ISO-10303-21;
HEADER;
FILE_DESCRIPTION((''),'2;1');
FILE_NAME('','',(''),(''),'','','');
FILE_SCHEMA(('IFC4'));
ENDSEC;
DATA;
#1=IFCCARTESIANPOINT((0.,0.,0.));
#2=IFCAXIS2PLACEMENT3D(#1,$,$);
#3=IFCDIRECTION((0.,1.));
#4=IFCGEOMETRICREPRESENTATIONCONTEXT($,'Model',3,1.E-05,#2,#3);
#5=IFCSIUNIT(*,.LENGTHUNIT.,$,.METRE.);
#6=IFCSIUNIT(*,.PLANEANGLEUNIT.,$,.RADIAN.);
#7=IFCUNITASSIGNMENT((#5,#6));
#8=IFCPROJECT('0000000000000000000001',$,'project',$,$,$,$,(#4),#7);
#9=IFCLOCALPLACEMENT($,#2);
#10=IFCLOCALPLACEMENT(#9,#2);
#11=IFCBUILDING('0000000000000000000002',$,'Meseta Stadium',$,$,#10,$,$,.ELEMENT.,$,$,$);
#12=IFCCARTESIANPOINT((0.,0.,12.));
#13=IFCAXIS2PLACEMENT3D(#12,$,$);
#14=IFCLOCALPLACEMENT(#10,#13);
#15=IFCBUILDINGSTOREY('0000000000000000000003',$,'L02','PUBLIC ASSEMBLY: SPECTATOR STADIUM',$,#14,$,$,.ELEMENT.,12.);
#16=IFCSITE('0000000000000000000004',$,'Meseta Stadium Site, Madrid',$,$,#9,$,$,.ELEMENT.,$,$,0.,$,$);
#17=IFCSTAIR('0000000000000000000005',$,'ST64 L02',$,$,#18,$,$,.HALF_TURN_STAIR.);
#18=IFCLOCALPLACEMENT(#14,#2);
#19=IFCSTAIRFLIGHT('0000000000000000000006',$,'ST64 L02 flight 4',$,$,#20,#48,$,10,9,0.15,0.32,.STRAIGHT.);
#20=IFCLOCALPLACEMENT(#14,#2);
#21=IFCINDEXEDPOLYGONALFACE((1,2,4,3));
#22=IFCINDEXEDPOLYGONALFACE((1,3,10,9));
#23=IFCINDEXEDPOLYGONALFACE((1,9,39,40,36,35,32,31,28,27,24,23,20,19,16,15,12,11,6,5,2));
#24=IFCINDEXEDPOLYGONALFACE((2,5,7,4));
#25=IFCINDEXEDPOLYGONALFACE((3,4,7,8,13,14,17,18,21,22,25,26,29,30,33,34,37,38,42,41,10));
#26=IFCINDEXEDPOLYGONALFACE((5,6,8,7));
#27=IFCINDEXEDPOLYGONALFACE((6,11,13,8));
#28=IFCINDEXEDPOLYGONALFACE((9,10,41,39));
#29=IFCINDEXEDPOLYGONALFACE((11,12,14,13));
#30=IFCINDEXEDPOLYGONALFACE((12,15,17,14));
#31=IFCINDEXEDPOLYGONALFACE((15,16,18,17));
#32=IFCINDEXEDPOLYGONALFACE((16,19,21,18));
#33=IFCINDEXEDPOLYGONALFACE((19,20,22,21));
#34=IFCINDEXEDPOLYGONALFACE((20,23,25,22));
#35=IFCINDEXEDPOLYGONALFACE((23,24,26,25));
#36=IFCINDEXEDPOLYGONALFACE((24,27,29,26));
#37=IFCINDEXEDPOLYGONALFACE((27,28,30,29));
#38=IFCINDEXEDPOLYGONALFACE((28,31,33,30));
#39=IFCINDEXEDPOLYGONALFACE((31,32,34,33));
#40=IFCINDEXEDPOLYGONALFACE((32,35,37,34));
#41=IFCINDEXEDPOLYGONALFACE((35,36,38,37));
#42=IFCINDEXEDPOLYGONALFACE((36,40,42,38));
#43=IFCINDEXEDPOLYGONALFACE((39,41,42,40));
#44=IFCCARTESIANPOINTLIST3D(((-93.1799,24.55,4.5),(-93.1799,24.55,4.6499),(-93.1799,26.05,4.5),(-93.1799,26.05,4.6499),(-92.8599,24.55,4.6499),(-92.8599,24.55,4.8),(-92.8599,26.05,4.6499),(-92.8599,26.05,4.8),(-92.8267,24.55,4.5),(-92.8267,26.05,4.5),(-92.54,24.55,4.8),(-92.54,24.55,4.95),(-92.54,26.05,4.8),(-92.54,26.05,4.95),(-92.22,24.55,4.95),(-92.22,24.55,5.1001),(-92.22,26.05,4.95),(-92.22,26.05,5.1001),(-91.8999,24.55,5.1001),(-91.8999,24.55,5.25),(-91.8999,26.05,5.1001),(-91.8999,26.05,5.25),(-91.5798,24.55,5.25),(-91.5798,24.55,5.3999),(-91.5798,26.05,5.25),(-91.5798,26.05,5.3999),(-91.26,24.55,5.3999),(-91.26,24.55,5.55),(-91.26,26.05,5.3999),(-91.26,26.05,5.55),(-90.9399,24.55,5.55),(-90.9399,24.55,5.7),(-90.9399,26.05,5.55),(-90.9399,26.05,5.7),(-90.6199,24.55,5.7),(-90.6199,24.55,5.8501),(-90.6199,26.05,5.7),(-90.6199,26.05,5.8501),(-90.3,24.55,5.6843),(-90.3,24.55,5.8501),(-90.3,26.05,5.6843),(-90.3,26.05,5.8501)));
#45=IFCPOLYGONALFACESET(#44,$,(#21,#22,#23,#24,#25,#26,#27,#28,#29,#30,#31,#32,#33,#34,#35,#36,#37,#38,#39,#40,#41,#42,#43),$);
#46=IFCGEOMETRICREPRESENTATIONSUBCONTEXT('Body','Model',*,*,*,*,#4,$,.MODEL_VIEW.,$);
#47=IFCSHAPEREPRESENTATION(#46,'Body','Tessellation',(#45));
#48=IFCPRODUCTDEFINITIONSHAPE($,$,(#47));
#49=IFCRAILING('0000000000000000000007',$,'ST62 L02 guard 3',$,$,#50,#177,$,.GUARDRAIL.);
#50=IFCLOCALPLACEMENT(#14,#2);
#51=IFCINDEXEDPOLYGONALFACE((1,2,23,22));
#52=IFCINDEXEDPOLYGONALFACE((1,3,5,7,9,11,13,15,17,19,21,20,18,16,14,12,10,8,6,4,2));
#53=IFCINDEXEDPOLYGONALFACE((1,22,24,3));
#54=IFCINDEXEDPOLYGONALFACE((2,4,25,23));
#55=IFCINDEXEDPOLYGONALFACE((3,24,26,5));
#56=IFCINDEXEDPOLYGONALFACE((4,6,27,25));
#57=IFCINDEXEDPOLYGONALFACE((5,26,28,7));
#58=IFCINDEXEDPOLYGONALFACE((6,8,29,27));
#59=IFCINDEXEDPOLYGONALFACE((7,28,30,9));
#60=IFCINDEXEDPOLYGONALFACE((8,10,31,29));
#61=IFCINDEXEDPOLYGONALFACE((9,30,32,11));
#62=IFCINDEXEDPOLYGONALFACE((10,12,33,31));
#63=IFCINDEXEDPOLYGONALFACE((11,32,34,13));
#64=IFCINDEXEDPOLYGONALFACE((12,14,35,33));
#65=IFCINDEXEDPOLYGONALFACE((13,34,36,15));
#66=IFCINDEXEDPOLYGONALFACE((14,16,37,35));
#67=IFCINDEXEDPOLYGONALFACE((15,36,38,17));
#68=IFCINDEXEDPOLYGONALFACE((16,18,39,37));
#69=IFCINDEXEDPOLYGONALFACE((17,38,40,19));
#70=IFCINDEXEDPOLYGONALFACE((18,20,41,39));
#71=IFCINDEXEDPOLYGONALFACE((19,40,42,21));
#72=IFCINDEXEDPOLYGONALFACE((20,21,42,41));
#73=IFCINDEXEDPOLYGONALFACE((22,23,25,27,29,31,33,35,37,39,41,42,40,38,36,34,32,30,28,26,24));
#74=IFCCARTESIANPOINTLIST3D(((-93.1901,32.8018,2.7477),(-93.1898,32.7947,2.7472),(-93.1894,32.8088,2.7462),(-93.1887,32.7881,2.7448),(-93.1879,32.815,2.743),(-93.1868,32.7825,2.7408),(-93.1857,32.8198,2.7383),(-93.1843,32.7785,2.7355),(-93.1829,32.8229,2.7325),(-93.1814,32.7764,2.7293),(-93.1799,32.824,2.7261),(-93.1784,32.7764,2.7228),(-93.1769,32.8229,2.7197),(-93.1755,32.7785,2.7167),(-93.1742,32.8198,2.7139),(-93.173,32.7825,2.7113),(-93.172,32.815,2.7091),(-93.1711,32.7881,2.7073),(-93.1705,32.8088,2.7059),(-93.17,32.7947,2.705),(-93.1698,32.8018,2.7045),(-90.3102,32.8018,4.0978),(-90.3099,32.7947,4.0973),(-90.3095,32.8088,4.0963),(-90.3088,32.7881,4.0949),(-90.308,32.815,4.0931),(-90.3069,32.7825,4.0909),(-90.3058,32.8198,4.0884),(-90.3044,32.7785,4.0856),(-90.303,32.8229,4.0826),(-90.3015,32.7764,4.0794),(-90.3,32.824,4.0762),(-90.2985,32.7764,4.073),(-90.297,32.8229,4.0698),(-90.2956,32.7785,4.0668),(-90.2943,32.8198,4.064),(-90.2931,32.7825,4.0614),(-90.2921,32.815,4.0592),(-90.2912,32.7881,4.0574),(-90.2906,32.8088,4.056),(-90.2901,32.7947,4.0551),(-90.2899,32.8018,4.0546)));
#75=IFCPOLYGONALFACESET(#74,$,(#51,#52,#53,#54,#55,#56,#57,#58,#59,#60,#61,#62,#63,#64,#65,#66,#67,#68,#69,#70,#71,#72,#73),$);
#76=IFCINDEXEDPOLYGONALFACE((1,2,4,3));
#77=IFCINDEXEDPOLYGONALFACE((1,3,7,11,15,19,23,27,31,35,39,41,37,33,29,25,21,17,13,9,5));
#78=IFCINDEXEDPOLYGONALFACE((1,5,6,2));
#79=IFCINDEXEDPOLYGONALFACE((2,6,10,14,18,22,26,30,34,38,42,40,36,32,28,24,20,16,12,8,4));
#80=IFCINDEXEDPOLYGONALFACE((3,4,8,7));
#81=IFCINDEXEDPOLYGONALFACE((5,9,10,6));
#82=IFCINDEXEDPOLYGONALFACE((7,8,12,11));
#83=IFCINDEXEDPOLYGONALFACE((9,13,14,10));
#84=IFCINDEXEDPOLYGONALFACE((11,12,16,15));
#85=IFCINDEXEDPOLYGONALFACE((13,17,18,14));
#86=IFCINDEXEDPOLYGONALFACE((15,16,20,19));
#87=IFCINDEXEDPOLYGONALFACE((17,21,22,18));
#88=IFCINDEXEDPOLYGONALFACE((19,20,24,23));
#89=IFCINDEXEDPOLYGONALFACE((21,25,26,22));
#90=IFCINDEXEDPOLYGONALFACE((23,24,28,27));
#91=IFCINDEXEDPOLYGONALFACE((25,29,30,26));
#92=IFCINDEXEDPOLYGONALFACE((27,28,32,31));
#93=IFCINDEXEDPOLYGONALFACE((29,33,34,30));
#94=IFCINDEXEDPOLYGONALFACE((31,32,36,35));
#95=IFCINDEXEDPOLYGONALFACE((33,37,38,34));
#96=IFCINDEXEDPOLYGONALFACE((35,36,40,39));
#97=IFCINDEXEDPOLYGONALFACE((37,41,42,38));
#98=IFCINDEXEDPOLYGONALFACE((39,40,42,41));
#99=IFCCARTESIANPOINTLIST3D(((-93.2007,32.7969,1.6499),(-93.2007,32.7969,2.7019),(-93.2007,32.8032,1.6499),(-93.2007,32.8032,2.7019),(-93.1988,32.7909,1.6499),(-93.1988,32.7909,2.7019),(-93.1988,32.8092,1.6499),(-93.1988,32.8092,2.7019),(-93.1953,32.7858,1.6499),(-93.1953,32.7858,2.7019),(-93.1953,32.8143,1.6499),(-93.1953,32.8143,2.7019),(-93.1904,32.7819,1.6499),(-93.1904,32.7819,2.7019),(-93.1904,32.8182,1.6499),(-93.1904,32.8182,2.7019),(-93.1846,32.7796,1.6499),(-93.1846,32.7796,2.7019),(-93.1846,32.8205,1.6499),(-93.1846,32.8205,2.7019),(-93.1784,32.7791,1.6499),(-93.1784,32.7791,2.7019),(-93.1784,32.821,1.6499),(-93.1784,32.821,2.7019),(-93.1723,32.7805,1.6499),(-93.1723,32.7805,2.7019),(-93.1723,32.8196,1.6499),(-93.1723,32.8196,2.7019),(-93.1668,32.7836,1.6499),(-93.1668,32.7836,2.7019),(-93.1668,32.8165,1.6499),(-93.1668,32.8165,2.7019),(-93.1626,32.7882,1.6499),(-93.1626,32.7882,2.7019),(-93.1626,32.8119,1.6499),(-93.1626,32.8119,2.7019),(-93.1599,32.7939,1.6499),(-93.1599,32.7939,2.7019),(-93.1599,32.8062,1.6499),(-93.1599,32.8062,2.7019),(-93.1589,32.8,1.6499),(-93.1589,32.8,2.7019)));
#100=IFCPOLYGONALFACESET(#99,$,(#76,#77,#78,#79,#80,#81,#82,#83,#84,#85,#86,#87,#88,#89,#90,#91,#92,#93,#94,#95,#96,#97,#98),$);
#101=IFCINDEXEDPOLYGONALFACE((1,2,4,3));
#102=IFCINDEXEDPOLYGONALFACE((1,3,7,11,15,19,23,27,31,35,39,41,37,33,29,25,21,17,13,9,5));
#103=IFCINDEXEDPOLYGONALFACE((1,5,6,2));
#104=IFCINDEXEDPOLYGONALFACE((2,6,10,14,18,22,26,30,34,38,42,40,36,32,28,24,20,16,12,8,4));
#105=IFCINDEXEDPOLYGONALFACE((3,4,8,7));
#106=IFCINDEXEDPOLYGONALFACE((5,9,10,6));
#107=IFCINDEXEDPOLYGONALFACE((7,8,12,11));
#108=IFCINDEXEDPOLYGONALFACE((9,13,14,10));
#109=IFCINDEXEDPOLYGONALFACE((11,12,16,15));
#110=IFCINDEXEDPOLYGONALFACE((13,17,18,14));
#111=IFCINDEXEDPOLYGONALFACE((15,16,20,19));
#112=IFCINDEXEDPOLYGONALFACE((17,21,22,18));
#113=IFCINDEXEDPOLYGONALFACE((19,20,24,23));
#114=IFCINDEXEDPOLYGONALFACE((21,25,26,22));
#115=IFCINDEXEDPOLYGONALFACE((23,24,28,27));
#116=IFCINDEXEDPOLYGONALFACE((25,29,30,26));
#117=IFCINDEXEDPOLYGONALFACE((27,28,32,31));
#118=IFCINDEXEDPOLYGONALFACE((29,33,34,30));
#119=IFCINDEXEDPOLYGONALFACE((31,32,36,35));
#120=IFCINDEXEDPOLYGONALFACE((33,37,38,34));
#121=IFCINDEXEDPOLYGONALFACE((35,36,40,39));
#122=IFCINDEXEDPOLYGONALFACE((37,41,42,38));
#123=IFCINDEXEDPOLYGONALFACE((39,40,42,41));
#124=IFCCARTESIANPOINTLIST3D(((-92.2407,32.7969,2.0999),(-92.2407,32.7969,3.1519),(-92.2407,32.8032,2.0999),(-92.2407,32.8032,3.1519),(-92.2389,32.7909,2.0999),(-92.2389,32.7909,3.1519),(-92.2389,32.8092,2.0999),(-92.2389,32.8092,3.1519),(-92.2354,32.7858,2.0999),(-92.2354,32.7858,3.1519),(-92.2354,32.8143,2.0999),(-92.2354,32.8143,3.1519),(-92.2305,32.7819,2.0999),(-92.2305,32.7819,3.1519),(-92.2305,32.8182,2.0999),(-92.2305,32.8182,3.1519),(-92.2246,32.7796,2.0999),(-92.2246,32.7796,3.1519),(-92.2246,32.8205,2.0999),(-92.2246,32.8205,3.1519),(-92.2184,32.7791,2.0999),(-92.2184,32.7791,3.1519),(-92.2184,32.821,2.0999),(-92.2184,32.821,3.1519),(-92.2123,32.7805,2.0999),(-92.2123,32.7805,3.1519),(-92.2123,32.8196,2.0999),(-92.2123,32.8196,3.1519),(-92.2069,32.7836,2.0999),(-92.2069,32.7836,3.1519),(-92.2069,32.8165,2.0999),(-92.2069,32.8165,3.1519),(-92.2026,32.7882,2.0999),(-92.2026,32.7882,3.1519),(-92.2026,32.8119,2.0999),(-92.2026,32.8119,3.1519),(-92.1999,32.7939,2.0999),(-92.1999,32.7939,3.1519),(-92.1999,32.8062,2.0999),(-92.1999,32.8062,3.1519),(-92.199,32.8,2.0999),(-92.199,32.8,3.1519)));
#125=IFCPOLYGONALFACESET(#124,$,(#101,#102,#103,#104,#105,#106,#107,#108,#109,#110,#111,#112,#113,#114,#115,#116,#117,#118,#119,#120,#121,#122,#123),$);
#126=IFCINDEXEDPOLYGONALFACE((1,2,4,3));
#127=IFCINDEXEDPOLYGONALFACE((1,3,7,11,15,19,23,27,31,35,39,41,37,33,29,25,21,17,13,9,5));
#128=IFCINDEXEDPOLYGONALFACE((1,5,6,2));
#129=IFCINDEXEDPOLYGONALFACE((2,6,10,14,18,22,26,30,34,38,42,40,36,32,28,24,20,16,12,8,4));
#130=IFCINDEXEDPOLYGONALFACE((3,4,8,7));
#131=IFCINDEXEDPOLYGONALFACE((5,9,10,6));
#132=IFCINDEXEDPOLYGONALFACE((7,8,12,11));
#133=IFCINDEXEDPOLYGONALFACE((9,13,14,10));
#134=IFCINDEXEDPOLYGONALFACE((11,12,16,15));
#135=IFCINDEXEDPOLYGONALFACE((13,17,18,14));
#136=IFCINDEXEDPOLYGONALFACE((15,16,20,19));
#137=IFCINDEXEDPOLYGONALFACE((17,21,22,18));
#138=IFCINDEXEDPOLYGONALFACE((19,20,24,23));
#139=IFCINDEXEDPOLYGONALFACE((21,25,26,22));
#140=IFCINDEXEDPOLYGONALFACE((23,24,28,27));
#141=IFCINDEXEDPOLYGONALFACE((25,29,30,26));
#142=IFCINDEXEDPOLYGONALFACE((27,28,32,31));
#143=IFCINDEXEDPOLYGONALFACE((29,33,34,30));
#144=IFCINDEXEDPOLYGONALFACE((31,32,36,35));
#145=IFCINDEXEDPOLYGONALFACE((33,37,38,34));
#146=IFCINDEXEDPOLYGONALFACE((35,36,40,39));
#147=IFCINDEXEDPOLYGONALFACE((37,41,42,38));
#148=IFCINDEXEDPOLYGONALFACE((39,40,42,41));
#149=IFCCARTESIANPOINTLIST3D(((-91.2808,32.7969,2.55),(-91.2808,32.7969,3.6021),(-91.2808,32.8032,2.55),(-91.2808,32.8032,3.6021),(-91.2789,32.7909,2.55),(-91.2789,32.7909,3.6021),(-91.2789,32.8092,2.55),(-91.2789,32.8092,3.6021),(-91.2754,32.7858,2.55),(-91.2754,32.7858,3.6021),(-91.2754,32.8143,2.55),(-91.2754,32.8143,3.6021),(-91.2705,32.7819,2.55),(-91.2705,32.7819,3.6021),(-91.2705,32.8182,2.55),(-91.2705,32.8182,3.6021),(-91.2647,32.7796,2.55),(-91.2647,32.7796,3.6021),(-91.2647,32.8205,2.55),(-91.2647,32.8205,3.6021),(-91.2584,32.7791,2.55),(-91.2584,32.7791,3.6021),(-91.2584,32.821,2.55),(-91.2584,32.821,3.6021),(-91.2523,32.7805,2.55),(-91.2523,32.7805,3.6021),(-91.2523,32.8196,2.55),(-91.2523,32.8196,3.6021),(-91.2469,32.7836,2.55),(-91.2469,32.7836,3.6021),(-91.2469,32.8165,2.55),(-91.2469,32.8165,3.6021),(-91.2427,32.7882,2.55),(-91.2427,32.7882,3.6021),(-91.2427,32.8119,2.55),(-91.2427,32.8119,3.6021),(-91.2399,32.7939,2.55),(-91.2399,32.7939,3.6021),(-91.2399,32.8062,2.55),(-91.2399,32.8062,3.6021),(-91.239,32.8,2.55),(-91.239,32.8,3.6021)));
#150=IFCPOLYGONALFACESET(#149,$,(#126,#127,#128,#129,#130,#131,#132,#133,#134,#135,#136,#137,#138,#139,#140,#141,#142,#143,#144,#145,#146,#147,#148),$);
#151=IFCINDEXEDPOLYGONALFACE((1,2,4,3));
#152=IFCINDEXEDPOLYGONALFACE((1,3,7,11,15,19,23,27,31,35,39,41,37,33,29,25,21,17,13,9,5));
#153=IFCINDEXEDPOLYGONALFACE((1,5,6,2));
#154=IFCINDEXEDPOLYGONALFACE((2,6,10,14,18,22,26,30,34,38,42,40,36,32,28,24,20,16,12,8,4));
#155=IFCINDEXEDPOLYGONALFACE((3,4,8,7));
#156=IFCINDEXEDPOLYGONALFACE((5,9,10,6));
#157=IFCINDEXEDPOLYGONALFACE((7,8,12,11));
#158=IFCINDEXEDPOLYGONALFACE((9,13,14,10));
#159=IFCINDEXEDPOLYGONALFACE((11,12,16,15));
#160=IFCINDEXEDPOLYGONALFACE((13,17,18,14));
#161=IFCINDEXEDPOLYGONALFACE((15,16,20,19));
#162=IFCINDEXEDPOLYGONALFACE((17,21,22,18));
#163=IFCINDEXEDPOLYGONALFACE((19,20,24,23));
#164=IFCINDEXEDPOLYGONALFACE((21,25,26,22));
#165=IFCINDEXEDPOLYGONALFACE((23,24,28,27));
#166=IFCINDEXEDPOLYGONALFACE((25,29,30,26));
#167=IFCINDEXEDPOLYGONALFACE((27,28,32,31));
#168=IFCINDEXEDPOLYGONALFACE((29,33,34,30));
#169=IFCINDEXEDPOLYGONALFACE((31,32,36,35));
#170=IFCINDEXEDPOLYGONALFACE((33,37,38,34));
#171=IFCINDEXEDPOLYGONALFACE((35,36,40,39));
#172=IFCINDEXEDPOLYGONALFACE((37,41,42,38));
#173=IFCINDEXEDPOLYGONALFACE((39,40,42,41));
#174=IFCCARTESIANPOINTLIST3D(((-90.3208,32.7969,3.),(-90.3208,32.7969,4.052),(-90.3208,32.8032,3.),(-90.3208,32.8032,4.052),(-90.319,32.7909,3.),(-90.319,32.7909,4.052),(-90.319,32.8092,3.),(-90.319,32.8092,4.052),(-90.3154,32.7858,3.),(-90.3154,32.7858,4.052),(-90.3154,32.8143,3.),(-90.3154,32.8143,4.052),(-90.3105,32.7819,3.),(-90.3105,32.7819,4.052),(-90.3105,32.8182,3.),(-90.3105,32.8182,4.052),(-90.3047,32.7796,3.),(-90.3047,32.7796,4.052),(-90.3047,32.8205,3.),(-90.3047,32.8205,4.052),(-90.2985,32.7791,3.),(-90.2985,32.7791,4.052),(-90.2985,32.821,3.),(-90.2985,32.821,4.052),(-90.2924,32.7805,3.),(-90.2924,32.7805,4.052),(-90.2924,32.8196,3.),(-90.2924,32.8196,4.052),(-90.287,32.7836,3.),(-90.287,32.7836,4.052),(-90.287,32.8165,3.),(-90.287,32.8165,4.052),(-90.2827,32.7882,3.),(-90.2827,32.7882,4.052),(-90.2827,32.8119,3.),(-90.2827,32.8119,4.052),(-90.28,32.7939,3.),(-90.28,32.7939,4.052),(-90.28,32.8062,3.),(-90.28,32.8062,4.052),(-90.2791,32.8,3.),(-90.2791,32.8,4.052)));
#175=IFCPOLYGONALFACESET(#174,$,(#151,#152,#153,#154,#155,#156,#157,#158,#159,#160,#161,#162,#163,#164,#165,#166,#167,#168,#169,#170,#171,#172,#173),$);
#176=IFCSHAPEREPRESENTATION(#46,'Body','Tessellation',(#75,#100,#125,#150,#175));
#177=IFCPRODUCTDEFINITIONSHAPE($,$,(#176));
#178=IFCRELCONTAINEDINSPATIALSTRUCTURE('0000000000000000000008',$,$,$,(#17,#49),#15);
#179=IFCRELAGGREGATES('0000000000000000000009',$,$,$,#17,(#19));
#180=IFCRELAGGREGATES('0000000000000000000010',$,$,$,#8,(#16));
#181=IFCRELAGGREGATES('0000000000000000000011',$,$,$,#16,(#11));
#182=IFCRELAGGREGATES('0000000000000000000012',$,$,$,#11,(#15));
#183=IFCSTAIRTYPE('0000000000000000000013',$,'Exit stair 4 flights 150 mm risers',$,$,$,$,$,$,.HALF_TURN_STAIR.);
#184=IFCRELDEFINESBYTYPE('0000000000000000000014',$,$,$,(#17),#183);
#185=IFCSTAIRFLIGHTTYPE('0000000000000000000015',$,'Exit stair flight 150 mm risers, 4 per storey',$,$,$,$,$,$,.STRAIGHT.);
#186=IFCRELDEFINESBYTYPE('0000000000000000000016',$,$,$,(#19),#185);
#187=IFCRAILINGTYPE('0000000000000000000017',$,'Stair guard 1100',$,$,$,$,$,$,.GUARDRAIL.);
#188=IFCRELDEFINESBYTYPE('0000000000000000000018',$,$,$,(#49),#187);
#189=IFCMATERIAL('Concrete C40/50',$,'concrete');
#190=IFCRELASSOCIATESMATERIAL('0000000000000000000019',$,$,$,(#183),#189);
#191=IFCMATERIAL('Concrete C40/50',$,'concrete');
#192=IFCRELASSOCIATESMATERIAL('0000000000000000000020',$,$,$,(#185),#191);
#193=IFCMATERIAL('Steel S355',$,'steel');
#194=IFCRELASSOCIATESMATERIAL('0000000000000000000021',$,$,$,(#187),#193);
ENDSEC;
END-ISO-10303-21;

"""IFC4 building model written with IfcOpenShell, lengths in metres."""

from ifc_helpers import new_model, si_unit, direction, frame, origin, origin_2d, place, context, subcontext, project, spatial, polyline, circle, outline, extrude, material, type_object, element, aggregate, save


model = new_model("IFC4")

# Units and contexts
model_context = context("Model", 3, precision=1e-05, world=origin(), true_north=direction((0.0, 1.0)))
body_context = subcontext(model_context, "Body", "Model", "MODEL_VIEW")
ifc_project = project(units=[si_unit("LENGTHUNIT", "METRE"), si_unit("PLANEANGLEUNIT", "RADIAN")], contexts=[model_context])

# Site, building, storey
site_placement = place(None, origin())
site = spatial("IfcSite", under=ifc_project, at=site_placement, Name="Meseta Stadium Site, Madrid", CompositionType="ELEMENT", RefElevation=0.0)
building_placement = place(site_placement, origin())
building = spatial("IfcBuilding", under=site, at=building_placement, Name="Meseta Stadium", CompositionType="ELEMENT")
storey_placement = place(building_placement, frame((0.0, 0.0, 12.0)))
storey = spatial("IfcBuildingStorey", under=building, at=storey_placement, Name="L02", Description="PUBLIC ASSEMBLY: SPECTATOR STADIUM", CompositionType="ELEMENT", Elevation=12.0)

# Stair, stair flight
ifc_material_1 = material(Name="Concrete C40/50", Category="concrete")
stair_type = type_object("IfcStairType", Name="Exit stair 4 flights 150 mm risers", PredefinedType="HALF_TURN_STAIR", material=ifc_material_1)
ifc_material_2 = material(Name="Concrete C40/50", Category="concrete")
stair_flight_type = type_object("IfcStairFlightType", Name="Exit stair flight 150 mm risers, 4 per storey", PredefinedType="STRAIGHT", material=ifc_material_2)
stair_1_placement = place(storey_placement, origin())
stair_1 = element("IfcStair", 1, at=stair_1_placement, inside=storey, type_object=stair_type, Name="ST64 L02", PredefinedType="HALF_TURN_STAIR")
stair_flight_1_placement = place(storey_placement, frame((-93.1799, 25.3, 4.5), z_axis=(0.0, 0.0, 1.0), x_axis=(1.0, 0.0, 0.0)))
stair_flight_1 = element("IfcStairFlight", 2, at=stair_flight_1_placement, type_object=stair_flight_type, Name="ST64 L02 flight 4", NumberOfRisers=10, NumberOfTreads=9, PredefinedType="STRAIGHT", RiserHeight=0.15, TreadLength=0.32, context=body_context, shape_type="SweptSolid", body=[
    extrude(outline(polyline([(0.0, 0.0), (0.0, 0.1499), (0.3201, 0.1499), (0.3201, 0.3), (0.6399, 0.3), (0.6399, 0.45), (0.96, 0.45), (0.96, 0.6001), (1.28, 0.6001), (1.28, 0.75), (1.6001, 0.75), (1.6001, 0.8999), (1.9199, 0.8999), (1.9199, 1.05), (2.24, 1.05), (2.24, 1.2), (2.5601, 1.2), (2.5601, 1.3501), (2.8799, 1.3501), (2.8799, 1.1843), (0.3533, 0.0), (0.0, 0.0)])), frame((0.0, 0.75, 0.0), z_axis=(0.0, -1.0, 0.0), x_axis=(1.0, 0.0, 0.0)), (0.0, 0.0, 1.0), 1.5),
])
aggregate(stair_1, [stair_flight_1])

# Railing
ifc_material_3 = material(Name="Steel S355", Category="steel")
railing_type_1 = type_object("IfcRailingType", Name="Stair guard 1100", PredefinedType="GUARDRAIL", material=ifc_material_3)
for number, where, name in (
    (3, (-93.1799, 32.8, 1.6499), "ST62 L02 guard 3"),
):
    element("IfcRailing", number, at=place(storey_placement, frame(where)), inside=storey, type_object=railing_type_1, Name=name, PredefinedType="GUARDRAIL", context=body_context, shape_type="SweptSolid", body=[
        extrude(circle(Radius=0.0239, at=origin_2d()), frame((0.0, 0.0, 1.0762), z_axis=(0.90544, 0.0, 0.424473), x_axis=(0.0, 1.0, 0.0)), (0.0, 0.0, 1.0), 3.1807),
        extrude(circle(Radius=0.021, at=origin_2d()), origin(), (0.0, 0.0, 1.0), 1.052),
        extrude(circle(Radius=0.021, at=origin_2d()), frame((0.96, 0.0, 0.45)), (0.0, 0.0, 1.0), 1.052),
        extrude(circle(Radius=0.021, at=origin_2d()), frame((1.9199, 0.0, 0.9001)), (0.0, 0.0, 1.0), 1.052),
        extrude(circle(Radius=0.021, at=origin_2d()), frame((2.8799, 0.0, 1.3501)), (0.0, 0.0, 1.0), 1.052),
    ])

save(model, "model.ifc")
